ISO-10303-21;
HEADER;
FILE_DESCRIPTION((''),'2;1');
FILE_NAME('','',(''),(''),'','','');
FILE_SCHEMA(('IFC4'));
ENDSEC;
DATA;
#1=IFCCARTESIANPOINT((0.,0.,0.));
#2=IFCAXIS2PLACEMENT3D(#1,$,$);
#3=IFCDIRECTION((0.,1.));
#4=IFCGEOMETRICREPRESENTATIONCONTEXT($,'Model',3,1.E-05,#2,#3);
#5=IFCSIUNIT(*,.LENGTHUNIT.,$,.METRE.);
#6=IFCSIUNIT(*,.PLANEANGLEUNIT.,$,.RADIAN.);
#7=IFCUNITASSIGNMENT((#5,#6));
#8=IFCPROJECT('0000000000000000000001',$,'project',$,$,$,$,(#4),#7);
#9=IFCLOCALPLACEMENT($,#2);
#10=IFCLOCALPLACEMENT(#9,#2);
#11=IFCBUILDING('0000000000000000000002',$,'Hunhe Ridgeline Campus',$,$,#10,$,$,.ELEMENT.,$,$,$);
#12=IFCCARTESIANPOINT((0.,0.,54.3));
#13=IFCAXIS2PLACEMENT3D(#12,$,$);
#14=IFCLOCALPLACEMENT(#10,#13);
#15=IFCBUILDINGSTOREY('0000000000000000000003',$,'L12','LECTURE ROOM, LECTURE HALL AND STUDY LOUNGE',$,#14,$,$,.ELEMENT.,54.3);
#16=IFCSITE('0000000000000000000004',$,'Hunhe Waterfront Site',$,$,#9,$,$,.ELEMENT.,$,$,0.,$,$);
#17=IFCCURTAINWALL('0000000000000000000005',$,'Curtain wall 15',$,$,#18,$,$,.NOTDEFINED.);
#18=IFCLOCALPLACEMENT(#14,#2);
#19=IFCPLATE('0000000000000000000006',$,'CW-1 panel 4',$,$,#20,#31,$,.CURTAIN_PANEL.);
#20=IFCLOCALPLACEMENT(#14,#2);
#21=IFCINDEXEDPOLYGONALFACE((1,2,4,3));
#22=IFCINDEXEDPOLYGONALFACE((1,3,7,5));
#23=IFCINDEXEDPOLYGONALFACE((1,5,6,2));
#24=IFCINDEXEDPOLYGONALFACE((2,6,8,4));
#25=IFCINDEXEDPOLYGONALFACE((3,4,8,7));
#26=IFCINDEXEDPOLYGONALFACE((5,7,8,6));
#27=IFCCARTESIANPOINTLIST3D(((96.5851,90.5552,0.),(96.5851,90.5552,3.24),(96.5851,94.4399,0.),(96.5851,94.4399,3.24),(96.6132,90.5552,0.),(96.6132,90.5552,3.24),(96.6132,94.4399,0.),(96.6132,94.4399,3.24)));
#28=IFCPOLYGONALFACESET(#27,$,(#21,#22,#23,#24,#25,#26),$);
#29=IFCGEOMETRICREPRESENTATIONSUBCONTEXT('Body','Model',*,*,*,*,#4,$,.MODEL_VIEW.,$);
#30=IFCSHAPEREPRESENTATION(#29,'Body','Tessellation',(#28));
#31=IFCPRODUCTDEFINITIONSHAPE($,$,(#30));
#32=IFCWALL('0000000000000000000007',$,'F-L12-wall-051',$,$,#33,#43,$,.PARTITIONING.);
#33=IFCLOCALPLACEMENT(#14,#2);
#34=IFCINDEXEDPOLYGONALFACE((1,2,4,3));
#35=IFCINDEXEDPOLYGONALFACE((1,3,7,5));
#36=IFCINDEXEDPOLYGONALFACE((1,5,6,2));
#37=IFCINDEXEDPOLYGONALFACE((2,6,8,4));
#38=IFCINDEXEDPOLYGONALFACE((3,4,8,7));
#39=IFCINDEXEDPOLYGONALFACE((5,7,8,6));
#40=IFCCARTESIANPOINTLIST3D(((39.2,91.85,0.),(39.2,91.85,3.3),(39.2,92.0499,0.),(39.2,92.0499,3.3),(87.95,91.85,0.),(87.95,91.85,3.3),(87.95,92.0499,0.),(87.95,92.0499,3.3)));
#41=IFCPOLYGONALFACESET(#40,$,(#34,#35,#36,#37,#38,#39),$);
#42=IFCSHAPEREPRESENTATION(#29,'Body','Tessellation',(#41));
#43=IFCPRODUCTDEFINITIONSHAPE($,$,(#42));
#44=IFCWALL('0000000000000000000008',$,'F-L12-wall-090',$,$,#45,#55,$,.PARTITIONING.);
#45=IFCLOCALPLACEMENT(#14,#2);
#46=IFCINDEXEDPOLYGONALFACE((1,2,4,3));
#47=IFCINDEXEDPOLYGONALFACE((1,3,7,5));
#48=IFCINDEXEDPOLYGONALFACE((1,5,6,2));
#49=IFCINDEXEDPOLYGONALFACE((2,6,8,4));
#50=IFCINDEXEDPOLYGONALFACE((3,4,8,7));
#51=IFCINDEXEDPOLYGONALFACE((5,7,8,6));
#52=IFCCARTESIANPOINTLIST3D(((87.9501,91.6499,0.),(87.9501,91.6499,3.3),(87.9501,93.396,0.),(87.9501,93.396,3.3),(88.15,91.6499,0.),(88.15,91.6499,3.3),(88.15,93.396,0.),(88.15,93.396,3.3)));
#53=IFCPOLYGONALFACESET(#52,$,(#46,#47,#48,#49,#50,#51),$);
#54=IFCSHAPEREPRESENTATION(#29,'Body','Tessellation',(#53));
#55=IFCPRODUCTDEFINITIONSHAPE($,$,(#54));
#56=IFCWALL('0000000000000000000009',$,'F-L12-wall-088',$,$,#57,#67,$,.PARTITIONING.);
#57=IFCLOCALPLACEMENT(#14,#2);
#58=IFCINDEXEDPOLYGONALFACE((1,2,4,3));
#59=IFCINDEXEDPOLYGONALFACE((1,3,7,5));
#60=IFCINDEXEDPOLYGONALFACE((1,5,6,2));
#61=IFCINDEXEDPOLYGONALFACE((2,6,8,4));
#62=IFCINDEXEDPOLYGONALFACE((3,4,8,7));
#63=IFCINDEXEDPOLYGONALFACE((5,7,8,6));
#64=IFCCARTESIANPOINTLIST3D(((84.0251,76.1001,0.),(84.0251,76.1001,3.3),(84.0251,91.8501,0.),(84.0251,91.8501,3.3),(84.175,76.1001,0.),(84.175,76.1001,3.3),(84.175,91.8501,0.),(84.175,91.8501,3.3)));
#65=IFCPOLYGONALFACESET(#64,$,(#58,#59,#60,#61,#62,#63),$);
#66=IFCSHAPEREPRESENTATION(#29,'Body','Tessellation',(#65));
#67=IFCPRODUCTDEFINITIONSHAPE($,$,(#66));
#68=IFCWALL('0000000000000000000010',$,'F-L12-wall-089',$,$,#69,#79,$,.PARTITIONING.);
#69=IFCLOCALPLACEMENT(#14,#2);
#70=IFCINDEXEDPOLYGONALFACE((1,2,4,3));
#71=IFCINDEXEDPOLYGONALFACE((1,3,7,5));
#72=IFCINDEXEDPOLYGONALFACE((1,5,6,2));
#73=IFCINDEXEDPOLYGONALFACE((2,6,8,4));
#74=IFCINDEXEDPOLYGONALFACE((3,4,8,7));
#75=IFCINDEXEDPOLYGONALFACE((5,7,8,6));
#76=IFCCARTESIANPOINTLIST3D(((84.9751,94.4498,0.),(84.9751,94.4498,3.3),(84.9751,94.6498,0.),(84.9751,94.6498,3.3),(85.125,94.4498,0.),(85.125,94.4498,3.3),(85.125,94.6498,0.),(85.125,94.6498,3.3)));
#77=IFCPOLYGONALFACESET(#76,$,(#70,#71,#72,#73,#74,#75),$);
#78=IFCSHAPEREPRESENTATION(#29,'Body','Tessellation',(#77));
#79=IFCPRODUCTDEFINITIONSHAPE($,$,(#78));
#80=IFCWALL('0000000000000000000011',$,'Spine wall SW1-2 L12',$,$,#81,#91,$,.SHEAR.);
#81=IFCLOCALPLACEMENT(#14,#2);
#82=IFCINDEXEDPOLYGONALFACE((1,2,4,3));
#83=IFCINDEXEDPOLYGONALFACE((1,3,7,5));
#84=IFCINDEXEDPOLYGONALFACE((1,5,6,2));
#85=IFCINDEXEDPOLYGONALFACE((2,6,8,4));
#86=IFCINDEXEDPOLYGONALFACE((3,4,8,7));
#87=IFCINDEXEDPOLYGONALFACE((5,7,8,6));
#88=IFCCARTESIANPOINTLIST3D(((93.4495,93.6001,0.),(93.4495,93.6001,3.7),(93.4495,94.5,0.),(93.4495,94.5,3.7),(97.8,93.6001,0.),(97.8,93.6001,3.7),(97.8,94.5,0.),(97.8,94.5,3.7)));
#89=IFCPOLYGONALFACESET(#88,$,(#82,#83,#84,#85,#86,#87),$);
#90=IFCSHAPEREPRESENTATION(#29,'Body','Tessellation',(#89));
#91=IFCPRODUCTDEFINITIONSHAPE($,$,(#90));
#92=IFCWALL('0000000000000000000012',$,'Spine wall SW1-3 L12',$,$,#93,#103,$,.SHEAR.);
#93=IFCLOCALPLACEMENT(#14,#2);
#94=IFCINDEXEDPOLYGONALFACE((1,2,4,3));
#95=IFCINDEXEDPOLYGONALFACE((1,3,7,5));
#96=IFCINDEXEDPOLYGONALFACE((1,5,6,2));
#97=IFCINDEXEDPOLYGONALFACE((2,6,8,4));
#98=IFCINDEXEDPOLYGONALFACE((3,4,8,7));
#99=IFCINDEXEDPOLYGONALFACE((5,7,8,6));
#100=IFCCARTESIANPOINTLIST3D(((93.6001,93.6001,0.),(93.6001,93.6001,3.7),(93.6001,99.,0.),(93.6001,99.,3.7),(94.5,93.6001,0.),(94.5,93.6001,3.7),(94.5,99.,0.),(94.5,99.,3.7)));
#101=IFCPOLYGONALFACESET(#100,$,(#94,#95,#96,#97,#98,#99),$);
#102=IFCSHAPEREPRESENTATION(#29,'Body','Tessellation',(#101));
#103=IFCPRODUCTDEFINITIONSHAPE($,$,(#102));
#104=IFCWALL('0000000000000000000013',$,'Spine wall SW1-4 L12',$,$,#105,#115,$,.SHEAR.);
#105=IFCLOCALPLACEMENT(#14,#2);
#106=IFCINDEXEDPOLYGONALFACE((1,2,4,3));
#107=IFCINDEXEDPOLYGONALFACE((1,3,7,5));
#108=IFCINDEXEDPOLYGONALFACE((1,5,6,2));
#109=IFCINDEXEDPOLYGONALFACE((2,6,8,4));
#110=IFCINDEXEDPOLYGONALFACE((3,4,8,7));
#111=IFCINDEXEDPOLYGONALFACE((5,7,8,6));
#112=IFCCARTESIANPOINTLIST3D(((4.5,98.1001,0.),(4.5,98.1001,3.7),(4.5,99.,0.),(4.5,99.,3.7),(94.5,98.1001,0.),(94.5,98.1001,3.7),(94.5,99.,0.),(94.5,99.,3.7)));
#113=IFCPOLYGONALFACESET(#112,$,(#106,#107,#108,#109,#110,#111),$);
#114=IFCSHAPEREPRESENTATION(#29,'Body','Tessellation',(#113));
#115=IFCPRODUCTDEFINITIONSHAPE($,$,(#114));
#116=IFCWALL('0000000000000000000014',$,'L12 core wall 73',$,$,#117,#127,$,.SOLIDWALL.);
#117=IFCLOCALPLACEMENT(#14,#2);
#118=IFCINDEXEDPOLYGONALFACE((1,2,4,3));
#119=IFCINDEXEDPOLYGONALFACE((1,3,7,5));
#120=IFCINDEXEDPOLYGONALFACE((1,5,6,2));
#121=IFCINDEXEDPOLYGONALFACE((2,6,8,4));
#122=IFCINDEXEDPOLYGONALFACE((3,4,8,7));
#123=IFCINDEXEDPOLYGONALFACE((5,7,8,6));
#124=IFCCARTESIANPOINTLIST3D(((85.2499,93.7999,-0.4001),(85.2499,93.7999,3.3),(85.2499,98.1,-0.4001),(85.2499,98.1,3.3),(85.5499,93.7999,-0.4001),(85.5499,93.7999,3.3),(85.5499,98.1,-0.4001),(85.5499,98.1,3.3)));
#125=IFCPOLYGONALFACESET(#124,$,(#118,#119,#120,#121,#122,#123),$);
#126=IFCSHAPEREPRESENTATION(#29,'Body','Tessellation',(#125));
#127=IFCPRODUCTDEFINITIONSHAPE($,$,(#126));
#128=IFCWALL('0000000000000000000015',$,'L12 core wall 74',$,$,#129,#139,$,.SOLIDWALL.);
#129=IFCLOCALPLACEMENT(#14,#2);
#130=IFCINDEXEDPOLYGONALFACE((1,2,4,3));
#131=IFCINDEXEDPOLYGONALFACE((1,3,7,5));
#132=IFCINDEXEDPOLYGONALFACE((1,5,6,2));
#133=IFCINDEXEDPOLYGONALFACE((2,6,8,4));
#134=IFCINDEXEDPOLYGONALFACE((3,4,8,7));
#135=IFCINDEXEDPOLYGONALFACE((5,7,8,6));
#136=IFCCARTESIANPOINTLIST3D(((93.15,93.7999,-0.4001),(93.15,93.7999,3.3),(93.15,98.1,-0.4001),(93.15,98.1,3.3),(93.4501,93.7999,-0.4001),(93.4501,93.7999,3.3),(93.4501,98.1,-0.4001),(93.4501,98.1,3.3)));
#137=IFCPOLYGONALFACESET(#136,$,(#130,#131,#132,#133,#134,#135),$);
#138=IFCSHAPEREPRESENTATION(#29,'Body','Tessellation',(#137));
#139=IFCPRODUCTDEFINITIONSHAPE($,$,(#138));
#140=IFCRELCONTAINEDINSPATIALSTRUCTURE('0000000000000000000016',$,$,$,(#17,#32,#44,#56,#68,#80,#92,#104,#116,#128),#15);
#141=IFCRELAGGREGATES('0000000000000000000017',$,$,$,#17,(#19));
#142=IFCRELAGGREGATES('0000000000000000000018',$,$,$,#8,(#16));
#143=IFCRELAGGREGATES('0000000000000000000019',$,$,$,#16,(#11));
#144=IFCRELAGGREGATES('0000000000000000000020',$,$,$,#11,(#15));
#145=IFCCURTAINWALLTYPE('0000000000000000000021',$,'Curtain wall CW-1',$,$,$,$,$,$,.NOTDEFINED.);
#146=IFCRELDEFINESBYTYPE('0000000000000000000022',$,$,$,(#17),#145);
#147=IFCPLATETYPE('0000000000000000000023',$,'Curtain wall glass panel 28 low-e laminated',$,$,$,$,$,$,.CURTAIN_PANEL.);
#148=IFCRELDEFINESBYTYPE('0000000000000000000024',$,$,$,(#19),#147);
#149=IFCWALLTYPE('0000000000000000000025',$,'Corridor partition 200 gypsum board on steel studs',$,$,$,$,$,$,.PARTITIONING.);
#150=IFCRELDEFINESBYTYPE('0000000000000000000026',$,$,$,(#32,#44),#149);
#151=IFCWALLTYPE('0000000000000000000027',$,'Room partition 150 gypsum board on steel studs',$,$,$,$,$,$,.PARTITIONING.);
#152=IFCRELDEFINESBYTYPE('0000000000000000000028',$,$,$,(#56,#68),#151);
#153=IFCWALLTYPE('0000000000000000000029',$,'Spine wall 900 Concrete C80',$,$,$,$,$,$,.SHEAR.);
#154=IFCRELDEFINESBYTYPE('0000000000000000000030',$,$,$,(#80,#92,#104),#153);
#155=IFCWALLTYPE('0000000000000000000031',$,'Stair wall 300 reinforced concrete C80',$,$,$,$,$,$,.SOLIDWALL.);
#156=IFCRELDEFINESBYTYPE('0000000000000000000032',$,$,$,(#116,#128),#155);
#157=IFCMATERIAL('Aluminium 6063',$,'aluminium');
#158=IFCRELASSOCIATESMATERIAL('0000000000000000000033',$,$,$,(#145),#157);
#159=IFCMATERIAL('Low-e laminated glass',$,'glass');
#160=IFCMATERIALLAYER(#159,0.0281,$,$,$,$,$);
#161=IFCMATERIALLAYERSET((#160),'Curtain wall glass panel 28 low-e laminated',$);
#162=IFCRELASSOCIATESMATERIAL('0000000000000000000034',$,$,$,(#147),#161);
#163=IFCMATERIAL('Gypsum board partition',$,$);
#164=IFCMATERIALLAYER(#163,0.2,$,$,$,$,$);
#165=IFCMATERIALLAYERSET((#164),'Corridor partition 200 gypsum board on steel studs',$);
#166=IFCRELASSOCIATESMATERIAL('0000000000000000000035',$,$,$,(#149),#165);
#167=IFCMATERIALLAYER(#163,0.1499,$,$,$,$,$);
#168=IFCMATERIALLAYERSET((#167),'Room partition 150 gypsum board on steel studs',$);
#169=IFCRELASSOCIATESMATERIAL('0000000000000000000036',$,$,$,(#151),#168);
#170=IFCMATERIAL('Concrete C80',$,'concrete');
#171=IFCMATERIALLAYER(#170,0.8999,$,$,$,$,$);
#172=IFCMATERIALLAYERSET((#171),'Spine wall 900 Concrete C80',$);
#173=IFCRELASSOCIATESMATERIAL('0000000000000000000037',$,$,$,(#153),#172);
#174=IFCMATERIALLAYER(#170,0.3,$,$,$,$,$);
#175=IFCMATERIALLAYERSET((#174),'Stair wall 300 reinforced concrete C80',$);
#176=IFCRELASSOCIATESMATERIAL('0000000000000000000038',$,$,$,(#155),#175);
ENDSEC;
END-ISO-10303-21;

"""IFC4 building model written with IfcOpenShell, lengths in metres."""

from ifc_helpers import new_model, si_unit, direction, frame, frame_2d, origin, origin_2d, place, context, subcontext, project, spatial, rectangle, extrude, material, layer, layer_set, type_object, element, aggregate, save


model = new_model("IFC4")

# Units and contexts
model_context = context("Model", 3, precision=1e-05, world=origin(), true_north=direction((0.0, 1.0)))
body_context = subcontext(model_context, "Body", "Model", "MODEL_VIEW")
ifc_project = project(units=[si_unit("LENGTHUNIT", "METRE"), si_unit("PLANEANGLEUNIT", "RADIAN")], contexts=[model_context])

# Site, building, storey
site_placement = place(None, origin())
site = spatial("IfcSite", under=ifc_project, at=site_placement, Name="Hunhe Waterfront Site", CompositionType="ELEMENT", RefElevation=0.0)
building_placement = place(site_placement, origin())
building = spatial("IfcBuilding", under=site, at=building_placement, Name="Hunhe Ridgeline Campus", CompositionType="ELEMENT")
storey_placement = place(building_placement, frame((0.0, 0.0, 54.3)))
storey = spatial("IfcBuildingStorey", under=building, at=storey_placement, Name="L12", Description="LECTURE ROOM, LECTURE HALL AND STUDY LOUNGE", CompositionType="ELEMENT", Elevation=54.3)

# Shared definitions
ifc_material_1 = material(Name="Concrete C80", Category="concrete")

# Curtain wall
ifc_material_2 = material(Name="Aluminium 6063", Category="aluminium")
curtain_wall_type = type_object("IfcCurtainWallType", Name="Curtain wall CW-1", PredefinedType="NOTDEFINED", material=ifc_material_2)
curtain_wall_placement = place(storey_placement, origin())
curtain_wall = element("IfcCurtainWall", 1, at=curtain_wall_placement, inside=storey, type_object=curtain_wall_type, Name="Curtain wall 15", PredefinedType="NOTDEFINED")

# Plate
ifc_material_3 = material(Name="Low-e laminated glass", Category="glass")
ifc_layer_1 = layer(ifc_material_3, 0.0281)
ifc_layer_set_1 = layer_set([ifc_layer_1], Name="Curtain wall glass panel 28 low-e laminated")
plate_type = type_object("IfcPlateType", Name="Curtain wall glass panel 28 low-e laminated", PredefinedType="CURTAIN_PANEL", material=ifc_layer_set_1)
plate_1_placement = place(storey_placement, frame((96.5991, 92.4976, 0.0), z_axis=(0.0, 0.0, 1.0), x_axis=(0.0, 1.0, 0.0)))
plate_1 = element("IfcPlate", 2, at=plate_1_placement, type_object=plate_type, Name="CW-1 panel 4", PredefinedType="CURTAIN_PANEL", context=body_context, shape_type="SweptSolid", body=[
    extrude(rectangle(XDim=3.8848, YDim=0.0281, at=origin_2d()), origin(), (0.0, 0.0, 1.0), 3.24),
])
aggregate(curtain_wall, [plate_1])

# Walls
ifc_material_4 = material(Name="Gypsum board partition")
ifc_layer_2 = layer(ifc_material_4, 0.2)
ifc_layer_set_2 = layer_set([ifc_layer_2], Name="Corridor partition 200 gypsum board on steel studs")
wall_type_1 = type_object("IfcWallType", Name="Corridor partition 200 gypsum board on steel studs", PredefinedType="PARTITIONING", material=ifc_layer_set_2)
wall_1_placement = place(storey_placement, frame((87.95, 91.95, 0.0), z_axis=(0.0, 0.0, 1.0), x_axis=(-1.0, 0.0, 0.0)))
element("IfcWall", 3, at=wall_1_placement, inside=storey, type_object=wall_type_1, Name="F-L12-wall-051", PredefinedType="PARTITIONING", context=body_context, shape_type="SweptSolid", body=[
    extrude(rectangle(XDim=48.75, YDim=0.2, at=frame_2d((24.375, 0.0))), origin(), (0.0, 0.0, 1.0), 3.3),
])
wall_2_placement = place(storey_placement, frame((88.05, 93.396, 0.0), z_axis=(0.0, 0.0, 1.0), x_axis=(0.0, -1.0, 0.0)))
element("IfcWall", 4, at=wall_2_placement, inside=storey, type_object=wall_type_1, Name="F-L12-wall-090", PredefinedType="PARTITIONING", context=body_context, shape_type="SweptSolid", body=[
    extrude(rectangle(XDim=1.7461, YDim=0.2, at=frame_2d((0.873, 0.0))), origin(), (0.0, 0.0, 1.0), 3.3),
])
ifc_layer_3 = layer(ifc_material_4, 0.1499)
ifc_layer_set_3 = layer_set([ifc_layer_3], Name="Room partition 150 gypsum board on steel studs")
wall_type_2 = type_object("IfcWallType", Name="Room partition 150 gypsum board on steel studs", PredefinedType="PARTITIONING", material=ifc_layer_set_3)
wall_3_placement = place(storey_placement, frame((84.1001, 91.8501, 0.0), z_axis=(0.0, 0.0, 1.0), x_axis=(0.0, -1.0, 0.0)))
element("IfcWall", 5, at=wall_3_placement, inside=storey, type_object=wall_type_2, Name="F-L12-wall-088", PredefinedType="PARTITIONING", context=body_context, shape_type="SweptSolid", body=[
    extrude(rectangle(XDim=15.75, YDim=0.1499, at=frame_2d((7.875, 0.0))), origin(), (0.0, 0.0, 1.0), 3.3),
])
wall_4_placement = place(storey_placement, frame((85.05, 94.6499, 0.0), z_axis=(0.0, 0.0, 1.0), x_axis=(0.0, -1.0, 0.0)))
element("IfcWall", 6, at=wall_4_placement, inside=storey, type_object=wall_type_2, Name="F-L12-wall-089", PredefinedType="PARTITIONING", context=body_context, shape_type="SweptSolid", body=[
    extrude(rectangle(XDim=0.2, YDim=0.1499, at=frame_2d((0.1001, 0.0))), origin(), (0.0, 0.0, 1.0), 3.3),
])
ifc_layer_4 = layer(ifc_material_1, 0.8999)
ifc_layer_set_4 = layer_set([ifc_layer_4], Name="Spine wall 900 Concrete C80")
wall_type_3 = type_object("IfcWallType", Name="Spine wall 900 Concrete C80", PredefinedType="SHEAR", material=ifc_layer_set_4)
wall_5_placement = place(storey_placement, frame((97.8, 94.05, 0.0), z_axis=(0.0, 0.0, 1.0), x_axis=(-1.0, 0.0, 0.0)))
element("IfcWall", 7, at=wall_5_placement, inside=storey, type_object=wall_type_3, Name="Spine wall SW1-2 L12", PredefinedType="SHEAR", context=body_context, shape_type="SweptSolid", body=[
    extrude(rectangle(XDim=4.3506, YDim=0.8999, at=frame_2d((2.1753, 0.0))), origin(), (0.0, 0.0, 1.0), 3.7),
])
wall_6_placement = place(storey_placement, frame((94.05, 93.6001, 0.0), z_axis=(0.0, 0.0, 1.0), x_axis=(0.0, 1.0, 0.0)))
element("IfcWall", 8, at=wall_6_placement, inside=storey, type_object=wall_type_3, Name="Spine wall SW1-3 L12", PredefinedType="SHEAR", context=body_context, shape_type="SweptSolid", body=[
    extrude(rectangle(XDim=5.3999, YDim=0.8999, at=frame_2d((2.7, 0.0))), origin(), (0.0, 0.0, 1.0), 3.7),
])
wall_7_placement = place(storey_placement, frame((94.5, 98.55, 0.0), z_axis=(0.0, 0.0, 1.0), x_axis=(-1.0, 0.0, 0.0)))
element("IfcWall", 9, at=wall_7_placement, inside=storey, type_object=wall_type_3, Name="Spine wall SW1-4 L12", PredefinedType="SHEAR", context=body_context, shape_type="SweptSolid", body=[
    extrude(rectangle(XDim=90.0, YDim=0.8999, at=frame_2d((45.0, 0.0))), origin(), (0.0, 0.0, 1.0), 3.7),
])

# Shared definitions
ifc_layer_5 = layer(ifc_material_1, 0.3)
ifc_layer_set_5 = layer_set([ifc_layer_5], Name="Stair wall 300 reinforced concrete C80")
wall_type_4 = type_object("IfcWallType", Name="Stair wall 300 reinforced concrete C80", PredefinedType="SOLIDWALL", material=ifc_layer_set_5)

# Walls
for number, where, z_axis, x_axis, name in (
    (10, (85.3999, 93.8, -0.4001), (0.0, 0.0, 1.0), (0.0, 1.0, 0.0), "L12 core wall 73"),
    (11, (93.3, 93.8, -0.4001), (0.0, 0.0, 1.0), (0.0, 1.0, 0.0), "L12 core wall 74"),
):
    element("IfcWall", number, at=place(storey_placement, frame(where, z_axis=z_axis, x_axis=x_axis)), inside=storey, type_object=wall_type_4, Name=name, PredefinedType="SOLIDWALL", context=body_context, shape_type="SweptSolid", body=[
        extrude(rectangle(XDim=4.3, YDim=0.3, at=frame_2d((2.1499, 0.0))), origin(), (0.0, 0.0, 1.0), 3.7002),
    ])

save(model, "model.ifc")
